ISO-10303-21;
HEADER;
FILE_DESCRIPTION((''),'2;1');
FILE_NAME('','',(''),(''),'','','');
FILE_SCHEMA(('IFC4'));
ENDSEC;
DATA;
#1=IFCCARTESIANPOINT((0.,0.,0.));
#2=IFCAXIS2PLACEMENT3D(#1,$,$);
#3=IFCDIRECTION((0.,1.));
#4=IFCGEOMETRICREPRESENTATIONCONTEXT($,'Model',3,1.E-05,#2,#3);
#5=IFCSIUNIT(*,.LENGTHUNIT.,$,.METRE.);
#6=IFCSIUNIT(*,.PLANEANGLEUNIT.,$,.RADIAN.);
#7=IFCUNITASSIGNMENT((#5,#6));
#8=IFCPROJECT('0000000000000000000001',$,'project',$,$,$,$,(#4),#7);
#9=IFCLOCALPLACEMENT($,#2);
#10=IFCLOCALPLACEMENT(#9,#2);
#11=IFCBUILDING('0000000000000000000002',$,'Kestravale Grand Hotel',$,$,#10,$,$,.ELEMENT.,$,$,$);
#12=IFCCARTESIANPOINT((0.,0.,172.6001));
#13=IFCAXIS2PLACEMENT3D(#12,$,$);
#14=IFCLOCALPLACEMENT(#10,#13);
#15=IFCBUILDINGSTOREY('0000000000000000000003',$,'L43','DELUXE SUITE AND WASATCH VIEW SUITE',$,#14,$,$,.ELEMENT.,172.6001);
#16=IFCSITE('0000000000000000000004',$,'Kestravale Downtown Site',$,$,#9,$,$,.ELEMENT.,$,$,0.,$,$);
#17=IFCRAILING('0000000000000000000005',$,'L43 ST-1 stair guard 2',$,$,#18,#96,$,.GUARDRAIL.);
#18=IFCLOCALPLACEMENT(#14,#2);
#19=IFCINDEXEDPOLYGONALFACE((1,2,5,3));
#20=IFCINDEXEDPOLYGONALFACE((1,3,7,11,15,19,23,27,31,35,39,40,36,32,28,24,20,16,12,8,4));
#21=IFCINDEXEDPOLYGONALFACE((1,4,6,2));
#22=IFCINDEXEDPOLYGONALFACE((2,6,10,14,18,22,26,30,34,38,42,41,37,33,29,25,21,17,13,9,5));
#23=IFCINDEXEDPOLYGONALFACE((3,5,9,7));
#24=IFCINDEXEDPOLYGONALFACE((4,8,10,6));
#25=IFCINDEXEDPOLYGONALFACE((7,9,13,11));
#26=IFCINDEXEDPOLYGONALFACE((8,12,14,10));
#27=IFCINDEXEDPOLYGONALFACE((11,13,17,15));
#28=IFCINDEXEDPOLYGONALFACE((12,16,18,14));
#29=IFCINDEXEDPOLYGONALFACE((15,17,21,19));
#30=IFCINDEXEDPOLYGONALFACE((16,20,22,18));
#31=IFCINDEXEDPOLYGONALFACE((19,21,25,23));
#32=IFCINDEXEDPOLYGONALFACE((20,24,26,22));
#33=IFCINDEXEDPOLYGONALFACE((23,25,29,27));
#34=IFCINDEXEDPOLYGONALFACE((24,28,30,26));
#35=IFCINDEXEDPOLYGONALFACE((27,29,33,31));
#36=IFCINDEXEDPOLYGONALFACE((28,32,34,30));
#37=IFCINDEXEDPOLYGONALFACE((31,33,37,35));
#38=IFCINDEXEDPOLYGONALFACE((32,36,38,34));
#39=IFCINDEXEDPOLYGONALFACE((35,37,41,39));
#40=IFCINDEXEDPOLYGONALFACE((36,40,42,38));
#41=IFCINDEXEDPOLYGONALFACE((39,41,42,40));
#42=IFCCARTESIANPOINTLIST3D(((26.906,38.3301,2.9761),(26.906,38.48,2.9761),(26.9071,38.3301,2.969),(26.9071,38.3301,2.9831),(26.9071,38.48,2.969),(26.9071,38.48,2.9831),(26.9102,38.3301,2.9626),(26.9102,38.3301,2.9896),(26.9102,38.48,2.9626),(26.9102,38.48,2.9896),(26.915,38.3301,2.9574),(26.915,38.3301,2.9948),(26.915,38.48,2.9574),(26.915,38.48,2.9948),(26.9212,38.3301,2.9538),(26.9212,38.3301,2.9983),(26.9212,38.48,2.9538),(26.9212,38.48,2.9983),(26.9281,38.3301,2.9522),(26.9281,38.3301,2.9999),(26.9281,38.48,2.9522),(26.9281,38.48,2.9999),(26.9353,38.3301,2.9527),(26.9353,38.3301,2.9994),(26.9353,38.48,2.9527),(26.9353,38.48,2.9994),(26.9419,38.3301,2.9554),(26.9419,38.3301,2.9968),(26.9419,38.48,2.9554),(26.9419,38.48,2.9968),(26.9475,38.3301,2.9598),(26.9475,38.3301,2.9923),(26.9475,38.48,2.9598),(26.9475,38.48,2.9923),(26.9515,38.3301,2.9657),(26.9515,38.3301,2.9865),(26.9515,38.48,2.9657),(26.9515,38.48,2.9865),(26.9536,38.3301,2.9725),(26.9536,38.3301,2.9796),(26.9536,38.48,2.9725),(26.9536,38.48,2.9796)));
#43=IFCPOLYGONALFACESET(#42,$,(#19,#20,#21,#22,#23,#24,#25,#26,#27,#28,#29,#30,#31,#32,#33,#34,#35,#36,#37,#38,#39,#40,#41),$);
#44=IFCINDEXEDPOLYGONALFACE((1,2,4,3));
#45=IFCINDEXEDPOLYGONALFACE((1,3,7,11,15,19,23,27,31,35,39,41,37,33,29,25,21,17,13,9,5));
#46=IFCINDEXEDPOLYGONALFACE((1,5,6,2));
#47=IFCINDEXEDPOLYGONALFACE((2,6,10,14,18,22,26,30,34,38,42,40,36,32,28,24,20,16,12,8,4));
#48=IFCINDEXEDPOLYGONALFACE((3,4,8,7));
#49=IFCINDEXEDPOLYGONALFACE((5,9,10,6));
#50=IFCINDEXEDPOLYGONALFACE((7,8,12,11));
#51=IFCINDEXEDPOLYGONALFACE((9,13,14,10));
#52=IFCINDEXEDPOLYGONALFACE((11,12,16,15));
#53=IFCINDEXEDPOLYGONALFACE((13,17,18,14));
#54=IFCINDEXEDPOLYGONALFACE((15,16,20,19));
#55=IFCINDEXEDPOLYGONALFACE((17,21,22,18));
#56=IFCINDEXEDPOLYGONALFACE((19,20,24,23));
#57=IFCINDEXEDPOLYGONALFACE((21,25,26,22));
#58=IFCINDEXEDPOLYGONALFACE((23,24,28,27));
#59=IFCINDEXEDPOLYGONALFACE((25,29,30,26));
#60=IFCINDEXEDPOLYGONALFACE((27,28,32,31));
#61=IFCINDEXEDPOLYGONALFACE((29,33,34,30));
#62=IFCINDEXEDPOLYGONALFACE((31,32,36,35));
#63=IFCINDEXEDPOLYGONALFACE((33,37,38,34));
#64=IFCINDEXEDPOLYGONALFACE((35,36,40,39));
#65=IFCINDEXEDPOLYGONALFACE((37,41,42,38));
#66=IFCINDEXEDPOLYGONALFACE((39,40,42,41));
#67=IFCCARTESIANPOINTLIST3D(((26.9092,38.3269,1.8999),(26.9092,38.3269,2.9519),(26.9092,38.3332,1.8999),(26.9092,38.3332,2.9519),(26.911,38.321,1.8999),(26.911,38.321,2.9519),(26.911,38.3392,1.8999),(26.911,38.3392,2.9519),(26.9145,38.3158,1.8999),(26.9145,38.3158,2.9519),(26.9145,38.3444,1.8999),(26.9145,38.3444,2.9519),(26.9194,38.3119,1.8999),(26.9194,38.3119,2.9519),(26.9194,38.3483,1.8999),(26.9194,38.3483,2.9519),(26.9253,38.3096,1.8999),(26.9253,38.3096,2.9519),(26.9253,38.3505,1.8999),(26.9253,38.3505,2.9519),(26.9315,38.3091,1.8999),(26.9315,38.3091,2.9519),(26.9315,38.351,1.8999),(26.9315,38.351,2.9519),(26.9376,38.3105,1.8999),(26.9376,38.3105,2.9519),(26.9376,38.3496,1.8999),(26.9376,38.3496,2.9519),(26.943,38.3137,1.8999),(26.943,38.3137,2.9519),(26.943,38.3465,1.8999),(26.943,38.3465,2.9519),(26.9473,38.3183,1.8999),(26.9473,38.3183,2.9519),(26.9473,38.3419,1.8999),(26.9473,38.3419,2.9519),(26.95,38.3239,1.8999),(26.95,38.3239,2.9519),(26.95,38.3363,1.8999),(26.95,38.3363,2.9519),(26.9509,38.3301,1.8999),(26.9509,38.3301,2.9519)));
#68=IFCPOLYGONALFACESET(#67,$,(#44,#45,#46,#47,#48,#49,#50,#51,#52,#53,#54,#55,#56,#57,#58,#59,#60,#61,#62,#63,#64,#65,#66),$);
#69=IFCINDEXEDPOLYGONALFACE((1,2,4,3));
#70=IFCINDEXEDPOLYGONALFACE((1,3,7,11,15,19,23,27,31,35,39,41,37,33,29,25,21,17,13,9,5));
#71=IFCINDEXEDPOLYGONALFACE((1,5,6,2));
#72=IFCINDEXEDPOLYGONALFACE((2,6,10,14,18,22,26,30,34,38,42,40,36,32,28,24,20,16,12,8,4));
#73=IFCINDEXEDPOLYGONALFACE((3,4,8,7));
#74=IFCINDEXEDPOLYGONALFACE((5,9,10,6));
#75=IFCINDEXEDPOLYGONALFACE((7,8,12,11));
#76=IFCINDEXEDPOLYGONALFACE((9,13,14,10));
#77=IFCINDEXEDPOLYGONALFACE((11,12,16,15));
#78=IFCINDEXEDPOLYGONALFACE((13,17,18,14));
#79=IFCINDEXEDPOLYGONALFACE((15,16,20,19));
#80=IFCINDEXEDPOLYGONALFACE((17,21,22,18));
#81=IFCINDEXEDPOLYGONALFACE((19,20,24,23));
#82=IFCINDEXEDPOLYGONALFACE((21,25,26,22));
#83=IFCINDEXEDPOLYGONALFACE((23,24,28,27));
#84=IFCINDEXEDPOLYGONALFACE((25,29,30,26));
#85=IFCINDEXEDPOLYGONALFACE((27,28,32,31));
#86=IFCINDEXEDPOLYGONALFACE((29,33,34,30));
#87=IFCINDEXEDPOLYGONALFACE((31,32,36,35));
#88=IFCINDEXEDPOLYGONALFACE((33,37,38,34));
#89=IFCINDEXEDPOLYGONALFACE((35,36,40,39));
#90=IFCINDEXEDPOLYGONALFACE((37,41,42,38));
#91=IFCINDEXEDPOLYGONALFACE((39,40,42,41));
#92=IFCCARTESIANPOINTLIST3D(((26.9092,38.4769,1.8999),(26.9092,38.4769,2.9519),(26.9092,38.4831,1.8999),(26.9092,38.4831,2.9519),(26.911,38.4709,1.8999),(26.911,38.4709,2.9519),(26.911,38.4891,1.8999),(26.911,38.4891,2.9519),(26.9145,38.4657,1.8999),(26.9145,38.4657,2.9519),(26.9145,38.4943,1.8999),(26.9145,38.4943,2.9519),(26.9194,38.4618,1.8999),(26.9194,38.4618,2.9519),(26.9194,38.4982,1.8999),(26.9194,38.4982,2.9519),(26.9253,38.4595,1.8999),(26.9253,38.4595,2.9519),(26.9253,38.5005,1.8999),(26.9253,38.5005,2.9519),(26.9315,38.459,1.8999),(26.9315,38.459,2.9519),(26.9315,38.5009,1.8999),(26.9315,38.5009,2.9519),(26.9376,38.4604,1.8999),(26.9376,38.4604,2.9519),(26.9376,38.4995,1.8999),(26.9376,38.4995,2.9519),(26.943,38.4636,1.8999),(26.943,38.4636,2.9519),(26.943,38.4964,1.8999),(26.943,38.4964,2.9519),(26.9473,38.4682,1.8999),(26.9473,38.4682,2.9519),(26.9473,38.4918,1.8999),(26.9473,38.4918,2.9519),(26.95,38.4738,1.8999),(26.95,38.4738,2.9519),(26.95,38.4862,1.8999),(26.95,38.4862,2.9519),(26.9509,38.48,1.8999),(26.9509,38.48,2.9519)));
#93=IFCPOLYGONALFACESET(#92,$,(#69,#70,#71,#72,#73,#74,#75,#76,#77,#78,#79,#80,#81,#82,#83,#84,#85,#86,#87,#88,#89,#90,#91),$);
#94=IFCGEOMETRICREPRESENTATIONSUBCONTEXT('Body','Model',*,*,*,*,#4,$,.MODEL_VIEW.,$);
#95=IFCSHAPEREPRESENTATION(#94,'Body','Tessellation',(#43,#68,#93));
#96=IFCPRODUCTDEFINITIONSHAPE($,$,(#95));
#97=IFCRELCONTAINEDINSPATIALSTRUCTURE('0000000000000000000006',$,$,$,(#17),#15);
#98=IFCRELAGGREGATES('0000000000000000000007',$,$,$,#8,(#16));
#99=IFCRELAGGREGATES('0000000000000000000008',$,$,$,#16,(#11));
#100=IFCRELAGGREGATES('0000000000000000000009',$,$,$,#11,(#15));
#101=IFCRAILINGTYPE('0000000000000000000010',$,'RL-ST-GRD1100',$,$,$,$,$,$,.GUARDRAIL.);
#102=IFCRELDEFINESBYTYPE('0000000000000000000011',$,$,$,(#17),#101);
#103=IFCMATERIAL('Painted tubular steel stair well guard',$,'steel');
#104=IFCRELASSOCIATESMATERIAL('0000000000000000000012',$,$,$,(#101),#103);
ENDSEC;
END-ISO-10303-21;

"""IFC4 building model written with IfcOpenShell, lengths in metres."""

from ifc_helpers import new_model, si_unit, direction, frame, origin, origin_2d, place, context, subcontext, project, spatial, circle, extrude, material, type_object, element, save


model = new_model("IFC4")

# Units and contexts
model_context = context("Model", 3, precision=1e-05, world=origin(), true_north=direction((0.0, 1.0)))
body_context = subcontext(model_context, "Body", "Model", "MODEL_VIEW")
ifc_project = project(units=[si_unit("LENGTHUNIT", "METRE"), si_unit("PLANEANGLEUNIT", "RADIAN")], contexts=[model_context])

# Site, building, storey
site_placement = place(None, origin())
site = spatial("IfcSite", under=ifc_project, at=site_placement, Name="Kestravale Downtown Site", CompositionType="ELEMENT", RefElevation=0.0)
building_placement = place(site_placement, origin())
building = spatial("IfcBuilding", under=site, at=building_placement, Name="Kestravale Grand Hotel", CompositionType="ELEMENT")
storey_placement = place(building_placement, frame((0.0, 0.0, 172.6001)))
storey = spatial("IfcBuildingStorey", under=building, at=storey_placement, Name="L43", Description="DELUXE SUITE AND WASATCH VIEW SUITE", CompositionType="ELEMENT", Elevation=172.6001)

# Railing
ifc_material_1 = material(Name="Painted tubular steel stair well guard", Category="steel")
railing_type_1 = type_object("IfcRailingType", Name="RL-ST-GRD1100", PredefinedType="GUARDRAIL", material=ifc_material_1)
railing_1_placement = place(storey_placement, frame((26.9299, 38.3301, 1.8999)))
element("IfcRailing", 1, at=railing_1_placement, inside=storey, type_object=railing_type_1, Name="L43 ST-1 stair guard 2", PredefinedType="GUARDRAIL", context=body_context, shape_type="SweptSolid", body=[
    extrude(circle(Radius=0.0239, at=origin_2d()), frame((0.0, 0.0, 1.0762), z_axis=(0.0, 1.0, 0.0), x_axis=(-1.0, 0.0, 0.0)), (0.0, 0.0, 1.0), 0.1499),
    extrude(circle(Radius=0.021, at=origin_2d()), origin(), (0.0, 0.0, 1.0), 1.052),
    extrude(circle(Radius=0.021, at=origin_2d()), frame((0.0, 0.1499, 0.0)), (0.0, 0.0, 1.0), 1.052),
])

save(model, "model.ifc")
